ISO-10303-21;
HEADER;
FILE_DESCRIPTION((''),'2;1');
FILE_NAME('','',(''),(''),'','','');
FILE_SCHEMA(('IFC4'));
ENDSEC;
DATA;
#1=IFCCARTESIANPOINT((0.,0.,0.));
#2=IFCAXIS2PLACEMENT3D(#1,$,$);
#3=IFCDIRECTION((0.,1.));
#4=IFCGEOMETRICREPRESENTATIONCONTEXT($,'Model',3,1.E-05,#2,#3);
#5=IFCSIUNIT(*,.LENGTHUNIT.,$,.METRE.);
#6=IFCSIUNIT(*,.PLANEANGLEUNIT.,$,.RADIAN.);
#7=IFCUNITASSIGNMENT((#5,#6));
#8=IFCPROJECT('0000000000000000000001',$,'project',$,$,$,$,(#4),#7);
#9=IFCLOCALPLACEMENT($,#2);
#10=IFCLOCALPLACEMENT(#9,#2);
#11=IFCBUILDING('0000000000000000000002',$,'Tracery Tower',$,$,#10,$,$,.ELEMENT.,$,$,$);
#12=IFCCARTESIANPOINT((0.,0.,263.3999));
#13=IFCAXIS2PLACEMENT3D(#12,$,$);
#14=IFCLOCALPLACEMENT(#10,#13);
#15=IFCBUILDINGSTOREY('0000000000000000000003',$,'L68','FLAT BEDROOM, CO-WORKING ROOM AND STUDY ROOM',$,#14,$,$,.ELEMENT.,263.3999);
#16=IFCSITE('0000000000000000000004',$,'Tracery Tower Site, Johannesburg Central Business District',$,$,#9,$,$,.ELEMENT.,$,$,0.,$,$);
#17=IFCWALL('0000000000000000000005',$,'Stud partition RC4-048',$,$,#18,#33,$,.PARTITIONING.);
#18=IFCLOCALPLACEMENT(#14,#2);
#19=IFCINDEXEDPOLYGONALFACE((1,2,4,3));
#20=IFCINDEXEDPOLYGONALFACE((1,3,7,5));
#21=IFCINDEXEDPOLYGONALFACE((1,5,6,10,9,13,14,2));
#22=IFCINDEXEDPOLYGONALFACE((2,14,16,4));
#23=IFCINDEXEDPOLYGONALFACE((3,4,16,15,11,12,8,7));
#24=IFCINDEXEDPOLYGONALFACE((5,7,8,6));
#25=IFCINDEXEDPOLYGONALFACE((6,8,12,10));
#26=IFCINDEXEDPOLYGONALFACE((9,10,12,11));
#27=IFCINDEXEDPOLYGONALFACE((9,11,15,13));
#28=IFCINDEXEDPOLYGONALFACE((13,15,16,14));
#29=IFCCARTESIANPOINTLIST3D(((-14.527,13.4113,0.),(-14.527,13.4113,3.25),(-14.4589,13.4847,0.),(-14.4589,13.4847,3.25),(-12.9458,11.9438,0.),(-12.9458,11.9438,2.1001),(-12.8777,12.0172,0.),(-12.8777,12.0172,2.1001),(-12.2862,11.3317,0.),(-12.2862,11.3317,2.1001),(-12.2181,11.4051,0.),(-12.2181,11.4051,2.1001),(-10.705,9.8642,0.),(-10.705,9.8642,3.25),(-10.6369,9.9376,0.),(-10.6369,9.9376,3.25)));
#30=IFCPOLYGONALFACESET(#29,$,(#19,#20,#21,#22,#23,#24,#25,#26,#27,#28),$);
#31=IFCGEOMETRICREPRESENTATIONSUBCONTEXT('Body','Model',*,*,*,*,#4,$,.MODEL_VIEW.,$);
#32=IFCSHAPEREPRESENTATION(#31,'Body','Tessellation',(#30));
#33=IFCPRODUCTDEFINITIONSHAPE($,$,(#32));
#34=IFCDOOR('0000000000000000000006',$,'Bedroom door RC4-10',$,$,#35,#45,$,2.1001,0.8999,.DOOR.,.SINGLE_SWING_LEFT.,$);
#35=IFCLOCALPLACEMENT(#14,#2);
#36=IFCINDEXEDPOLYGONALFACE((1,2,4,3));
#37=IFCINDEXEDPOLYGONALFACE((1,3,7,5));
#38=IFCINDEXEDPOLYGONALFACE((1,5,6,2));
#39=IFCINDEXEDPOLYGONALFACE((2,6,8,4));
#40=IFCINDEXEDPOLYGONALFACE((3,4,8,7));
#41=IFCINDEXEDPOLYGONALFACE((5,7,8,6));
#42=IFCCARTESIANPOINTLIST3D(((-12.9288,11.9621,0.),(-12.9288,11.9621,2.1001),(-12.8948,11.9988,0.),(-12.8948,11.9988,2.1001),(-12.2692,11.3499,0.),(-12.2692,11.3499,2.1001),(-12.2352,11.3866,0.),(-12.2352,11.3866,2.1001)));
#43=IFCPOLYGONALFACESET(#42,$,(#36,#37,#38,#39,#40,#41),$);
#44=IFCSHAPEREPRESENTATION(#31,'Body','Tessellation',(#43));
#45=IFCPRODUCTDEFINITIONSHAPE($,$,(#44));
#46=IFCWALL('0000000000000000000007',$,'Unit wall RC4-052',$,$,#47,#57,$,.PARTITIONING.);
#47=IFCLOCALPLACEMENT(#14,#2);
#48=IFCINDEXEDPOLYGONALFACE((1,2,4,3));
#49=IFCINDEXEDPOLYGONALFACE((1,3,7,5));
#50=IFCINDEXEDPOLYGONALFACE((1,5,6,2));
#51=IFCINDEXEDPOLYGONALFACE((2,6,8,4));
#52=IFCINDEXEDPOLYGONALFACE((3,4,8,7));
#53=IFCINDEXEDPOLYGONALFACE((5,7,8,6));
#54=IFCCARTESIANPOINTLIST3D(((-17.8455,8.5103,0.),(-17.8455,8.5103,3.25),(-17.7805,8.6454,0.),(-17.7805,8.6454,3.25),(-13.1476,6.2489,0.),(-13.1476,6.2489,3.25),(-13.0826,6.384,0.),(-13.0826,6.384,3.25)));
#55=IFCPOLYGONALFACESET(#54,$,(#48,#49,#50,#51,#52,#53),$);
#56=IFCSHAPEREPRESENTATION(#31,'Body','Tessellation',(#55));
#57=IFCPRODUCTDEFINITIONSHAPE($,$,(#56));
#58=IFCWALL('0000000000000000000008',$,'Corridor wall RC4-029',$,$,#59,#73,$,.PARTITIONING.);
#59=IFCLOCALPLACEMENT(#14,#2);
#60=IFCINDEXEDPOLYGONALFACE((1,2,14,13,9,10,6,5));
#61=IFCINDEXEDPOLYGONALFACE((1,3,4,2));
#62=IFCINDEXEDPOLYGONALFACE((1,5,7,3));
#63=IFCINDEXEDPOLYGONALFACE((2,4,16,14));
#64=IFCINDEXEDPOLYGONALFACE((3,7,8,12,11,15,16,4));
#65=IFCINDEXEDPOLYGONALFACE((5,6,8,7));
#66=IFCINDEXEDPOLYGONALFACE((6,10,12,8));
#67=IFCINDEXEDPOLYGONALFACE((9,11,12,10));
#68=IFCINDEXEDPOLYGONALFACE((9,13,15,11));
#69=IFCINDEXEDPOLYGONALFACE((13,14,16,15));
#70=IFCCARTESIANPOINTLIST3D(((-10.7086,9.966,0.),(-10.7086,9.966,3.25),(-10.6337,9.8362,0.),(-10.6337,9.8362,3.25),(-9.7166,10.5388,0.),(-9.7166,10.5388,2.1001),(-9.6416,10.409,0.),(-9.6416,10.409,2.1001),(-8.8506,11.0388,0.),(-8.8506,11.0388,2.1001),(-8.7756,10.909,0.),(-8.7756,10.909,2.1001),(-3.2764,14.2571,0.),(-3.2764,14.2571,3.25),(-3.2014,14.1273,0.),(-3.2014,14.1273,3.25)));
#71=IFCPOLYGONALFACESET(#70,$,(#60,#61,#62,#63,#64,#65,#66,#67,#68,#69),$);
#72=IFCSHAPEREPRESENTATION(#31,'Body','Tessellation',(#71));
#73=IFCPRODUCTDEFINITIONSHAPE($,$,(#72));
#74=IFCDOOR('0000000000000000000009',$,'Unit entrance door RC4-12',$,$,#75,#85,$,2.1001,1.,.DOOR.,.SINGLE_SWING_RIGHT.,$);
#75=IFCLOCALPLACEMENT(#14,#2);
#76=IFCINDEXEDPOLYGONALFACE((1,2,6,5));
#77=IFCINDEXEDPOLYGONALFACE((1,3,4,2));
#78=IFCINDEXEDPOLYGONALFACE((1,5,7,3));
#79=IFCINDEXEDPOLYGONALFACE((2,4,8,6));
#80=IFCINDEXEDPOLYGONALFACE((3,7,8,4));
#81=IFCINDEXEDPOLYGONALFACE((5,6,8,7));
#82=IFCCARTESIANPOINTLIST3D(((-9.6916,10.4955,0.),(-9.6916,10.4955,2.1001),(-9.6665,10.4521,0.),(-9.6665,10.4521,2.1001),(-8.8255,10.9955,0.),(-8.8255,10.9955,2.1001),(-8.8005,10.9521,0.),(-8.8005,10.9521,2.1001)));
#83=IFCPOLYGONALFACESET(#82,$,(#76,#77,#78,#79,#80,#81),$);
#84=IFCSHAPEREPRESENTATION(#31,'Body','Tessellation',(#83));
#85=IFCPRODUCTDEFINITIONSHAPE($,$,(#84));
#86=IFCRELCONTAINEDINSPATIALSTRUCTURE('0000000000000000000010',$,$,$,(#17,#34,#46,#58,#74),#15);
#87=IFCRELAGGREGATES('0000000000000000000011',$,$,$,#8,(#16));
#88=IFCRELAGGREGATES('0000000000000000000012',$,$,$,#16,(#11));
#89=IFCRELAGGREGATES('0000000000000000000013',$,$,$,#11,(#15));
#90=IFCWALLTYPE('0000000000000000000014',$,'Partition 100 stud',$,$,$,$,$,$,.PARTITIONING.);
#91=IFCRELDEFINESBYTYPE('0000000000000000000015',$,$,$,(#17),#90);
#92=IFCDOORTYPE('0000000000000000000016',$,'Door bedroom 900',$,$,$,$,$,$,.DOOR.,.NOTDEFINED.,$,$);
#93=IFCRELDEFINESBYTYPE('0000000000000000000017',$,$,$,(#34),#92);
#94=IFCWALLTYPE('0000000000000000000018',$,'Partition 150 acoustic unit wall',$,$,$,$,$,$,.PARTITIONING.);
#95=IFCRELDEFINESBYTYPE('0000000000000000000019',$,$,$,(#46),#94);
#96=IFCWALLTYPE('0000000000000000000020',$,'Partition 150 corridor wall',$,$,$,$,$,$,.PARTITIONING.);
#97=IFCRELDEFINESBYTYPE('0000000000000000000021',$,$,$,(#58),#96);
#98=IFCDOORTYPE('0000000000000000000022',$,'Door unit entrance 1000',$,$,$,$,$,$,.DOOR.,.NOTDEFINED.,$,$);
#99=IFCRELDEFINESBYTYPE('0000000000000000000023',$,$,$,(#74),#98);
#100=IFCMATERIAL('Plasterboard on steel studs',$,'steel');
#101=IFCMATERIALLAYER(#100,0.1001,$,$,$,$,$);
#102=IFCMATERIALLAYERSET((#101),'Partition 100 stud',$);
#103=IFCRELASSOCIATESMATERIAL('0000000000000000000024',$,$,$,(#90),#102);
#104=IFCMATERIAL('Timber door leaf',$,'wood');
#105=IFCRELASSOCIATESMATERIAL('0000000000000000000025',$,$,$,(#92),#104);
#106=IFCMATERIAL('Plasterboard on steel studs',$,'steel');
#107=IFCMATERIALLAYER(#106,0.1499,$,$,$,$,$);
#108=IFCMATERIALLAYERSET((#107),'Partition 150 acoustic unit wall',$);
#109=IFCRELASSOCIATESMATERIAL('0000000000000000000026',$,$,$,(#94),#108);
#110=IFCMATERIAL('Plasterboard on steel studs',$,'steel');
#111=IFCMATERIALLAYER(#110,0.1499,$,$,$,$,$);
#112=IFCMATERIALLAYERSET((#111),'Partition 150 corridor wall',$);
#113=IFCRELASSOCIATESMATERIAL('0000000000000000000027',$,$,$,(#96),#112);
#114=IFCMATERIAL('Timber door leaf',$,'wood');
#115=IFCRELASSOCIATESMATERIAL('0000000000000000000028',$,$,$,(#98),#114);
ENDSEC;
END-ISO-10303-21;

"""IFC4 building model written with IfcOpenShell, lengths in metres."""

from ifc_helpers import new_model, si_unit, direction, frame, frame_2d, origin, place, context, subcontext, project, spatial, rectangle, extrude, material, layer, layer_set, type_object, element, fill, save


model = new_model("IFC4")

# Units and contexts
model_context = context("Model", 3, precision=1e-05, world=origin(), true_north=direction((0.0, 1.0)))
body_context = subcontext(model_context, "Body", "Model", "MODEL_VIEW")
ifc_project = project(units=[si_unit("LENGTHUNIT", "METRE"), si_unit("PLANEANGLEUNIT", "RADIAN")], contexts=[model_context])

# Site, building, storey
site_placement = place(None, origin())
site = spatial("IfcSite", under=ifc_project, at=site_placement, Name="Tracery Tower Site, Johannesburg Central Business District", CompositionType="ELEMENT", RefElevation=0.0)
building_placement = place(site_placement, origin())
building = spatial("IfcBuilding", under=site, at=building_placement, Name="Tracery Tower", CompositionType="ELEMENT")
storey_placement = place(building_placement, frame((0.0, 0.0, 263.3999)))
storey = spatial("IfcBuildingStorey", under=building, at=storey_placement, Name="L68", Description="FLAT BEDROOM, CO-WORKING ROOM AND STUDY ROOM", CompositionType="ELEMENT", Elevation=263.3999)

# Wall, opening, door
ifc_material_1 = material(Name="Plasterboard on steel studs", Category="steel")
ifc_layer_1 = layer(ifc_material_1, 0.1001)
ifc_layer_set_1 = layer_set([ifc_layer_1], Name="Partition 100 stud")
wall_type_1 = type_object("IfcWallType", Name="Partition 100 stud", PredefinedType="PARTITIONING", material=ifc_layer_set_1)
ifc_material_2 = material(Name="Timber door leaf", Category="wood")
door_type_1 = type_object("IfcDoorType", Name="Door bedroom 900", OperationType="NOTDEFINED", PredefinedType="DOOR", material=ifc_material_2)
wall_1_placement = place(storey_placement, frame((-14.4929, 13.448, 0.0), z_axis=(0.0, 0.0, 1.0), x_axis=(0.732975, -0.680255, 0.0)))
wall_1 = element("IfcWall", 1, at=wall_1_placement, inside=storey, type_object=wall_type_1, Name="Stud partition RC4-048", PredefinedType="PARTITIONING", context=body_context, shape_type="SweptSolid", body=[
    extrude(rectangle(XDim=5.2144, YDim=0.1001, at=frame_2d((2.6072, 0.0))), origin(), (0.0, 0.0, 1.0), 3.25),
])
opening_1_placement = place(wall_1_placement, frame((2.1572, 0.0, 0.0)))
opening_1 = element("IfcOpeningElement", 2, at=opening_1_placement, cuts=wall_1, PredefinedType="OPENING", context=body_context, shape_type="SweptSolid", body=[
    extrude(rectangle(XDim=0.8999, YDim=2.1001, at=frame_2d((0.45, 1.05))), frame((0.0, 0.05, 0.0), z_axis=(0.0, -1.0, 0.0), x_axis=(1.0, 0.0, 0.0)), (0.0, 0.0, 1.0), 0.1001),
])
door_1_placement = place(opening_1_placement, origin())
door_1 = element("IfcDoor", 3, at=door_1_placement, inside=storey, type_object=door_type_1, Name="Bedroom door RC4-10", OperationType="SINGLE_SWING_LEFT", OverallHeight=2.1001, OverallWidth=0.8999, PredefinedType="DOOR", context=body_context, shape_type="SweptSolid", body=[
    extrude(rectangle(XDim=0.8999, YDim=2.1001, at=frame_2d((0.45, 1.05))), frame((0.0, 0.0249, 0.0), z_axis=(0.0, -1.0, 0.0), x_axis=(1.0, 0.0, 0.0)), (0.0, 0.0, 1.0), 0.05),
])
fill(opening_1, door_1)

# Wall
ifc_material_3 = material(Name="Plasterboard on steel studs", Category="steel")
ifc_layer_2 = layer(ifc_material_3, 0.1499)
ifc_layer_set_2 = layer_set([ifc_layer_2], Name="Partition 150 acoustic unit wall")
wall_type_2 = type_object("IfcWallType", Name="Partition 150 acoustic unit wall", PredefinedType="PARTITIONING", material=ifc_layer_set_2)
wall_2_placement = place(storey_placement, frame((-17.813, 8.5779, 0.0), z_axis=(0.0, 0.0, 1.0), x_axis=(0.901041, -0.433734, 0.0)))
element("IfcWall", 4, at=wall_2_placement, inside=storey, type_object=wall_type_2, Name="Unit wall RC4-052", PredefinedType="PARTITIONING", context=body_context, shape_type="SweptSolid", body=[
    extrude(rectangle(XDim=5.2139, YDim=0.1499, at=frame_2d((2.6069, 0.0))), origin(), (0.0, 0.0, 1.0), 3.25),
])

# Wall, opening, door
ifc_material_4 = material(Name="Plasterboard on steel studs", Category="steel")
ifc_layer_3 = layer(ifc_material_4, 0.1499)
ifc_layer_set_3 = layer_set([ifc_layer_3], Name="Partition 150 corridor wall")
wall_type_3 = type_object("IfcWallType", Name="Partition 150 corridor wall", PredefinedType="PARTITIONING", material=ifc_layer_set_3)
wall_3_placement = place(storey_placement, frame((-10.6711, 9.9011, 0.0), z_axis=(0.0, 0.0, 1.0), x_axis=(0.866022, 0.500006, 0.0)))
wall_3 = element("IfcWall", 5, at=wall_3_placement, inside=storey, type_object=wall_type_3, Name="Corridor wall RC4-029", PredefinedType="PARTITIONING", context=body_context, shape_type="SweptSolid", body=[
    extrude(rectangle(XDim=8.582, YDim=0.1499, at=frame_2d((4.291, 0.0))), origin(), (0.0, 0.0, 1.0), 3.25),
])
opening_2_placement = place(wall_3_placement, frame((1.1455, 0.0, 0.0)))
opening_2 = element("IfcOpeningElement", 6, at=opening_2_placement, cuts=wall_3, PredefinedType="OPENING", context=body_context, shape_type="SweptSolid", body=[
    extrude(rectangle(XDim=1.0, YDim=2.1001, at=frame_2d((0.5, 1.05))), frame((0.0, 0.075, 0.0), z_axis=(0.0, -1.0, 0.0), x_axis=(1.0, 0.0, 0.0)), (0.0, 0.0, 1.0), 0.1499),
])
ifc_material_5 = material(Name="Timber door leaf", Category="wood")
door_type_2 = type_object("IfcDoorType", Name="Door unit entrance 1000", OperationType="NOTDEFINED", PredefinedType="DOOR", material=ifc_material_5)
door_2_placement = place(opening_2_placement, origin())
door_2 = element("IfcDoor", 7, at=door_2_placement, inside=storey, type_object=door_type_2, Name="Unit entrance door RC4-12", OperationType="SINGLE_SWING_RIGHT", OverallHeight=2.1001, OverallWidth=1.0, PredefinedType="DOOR", context=body_context, shape_type="SweptSolid", body=[
    extrude(rectangle(XDim=1.0, YDim=2.1001, at=frame_2d((0.5, 1.05))), frame((0.0, 0.0249, 0.0), z_axis=(0.0, -1.0, 0.0), x_axis=(1.0, 0.0, 0.0)), (0.0, 0.0, 1.0), 0.05),
])
fill(opening_2, door_2)

save(model, "model.ifc")
